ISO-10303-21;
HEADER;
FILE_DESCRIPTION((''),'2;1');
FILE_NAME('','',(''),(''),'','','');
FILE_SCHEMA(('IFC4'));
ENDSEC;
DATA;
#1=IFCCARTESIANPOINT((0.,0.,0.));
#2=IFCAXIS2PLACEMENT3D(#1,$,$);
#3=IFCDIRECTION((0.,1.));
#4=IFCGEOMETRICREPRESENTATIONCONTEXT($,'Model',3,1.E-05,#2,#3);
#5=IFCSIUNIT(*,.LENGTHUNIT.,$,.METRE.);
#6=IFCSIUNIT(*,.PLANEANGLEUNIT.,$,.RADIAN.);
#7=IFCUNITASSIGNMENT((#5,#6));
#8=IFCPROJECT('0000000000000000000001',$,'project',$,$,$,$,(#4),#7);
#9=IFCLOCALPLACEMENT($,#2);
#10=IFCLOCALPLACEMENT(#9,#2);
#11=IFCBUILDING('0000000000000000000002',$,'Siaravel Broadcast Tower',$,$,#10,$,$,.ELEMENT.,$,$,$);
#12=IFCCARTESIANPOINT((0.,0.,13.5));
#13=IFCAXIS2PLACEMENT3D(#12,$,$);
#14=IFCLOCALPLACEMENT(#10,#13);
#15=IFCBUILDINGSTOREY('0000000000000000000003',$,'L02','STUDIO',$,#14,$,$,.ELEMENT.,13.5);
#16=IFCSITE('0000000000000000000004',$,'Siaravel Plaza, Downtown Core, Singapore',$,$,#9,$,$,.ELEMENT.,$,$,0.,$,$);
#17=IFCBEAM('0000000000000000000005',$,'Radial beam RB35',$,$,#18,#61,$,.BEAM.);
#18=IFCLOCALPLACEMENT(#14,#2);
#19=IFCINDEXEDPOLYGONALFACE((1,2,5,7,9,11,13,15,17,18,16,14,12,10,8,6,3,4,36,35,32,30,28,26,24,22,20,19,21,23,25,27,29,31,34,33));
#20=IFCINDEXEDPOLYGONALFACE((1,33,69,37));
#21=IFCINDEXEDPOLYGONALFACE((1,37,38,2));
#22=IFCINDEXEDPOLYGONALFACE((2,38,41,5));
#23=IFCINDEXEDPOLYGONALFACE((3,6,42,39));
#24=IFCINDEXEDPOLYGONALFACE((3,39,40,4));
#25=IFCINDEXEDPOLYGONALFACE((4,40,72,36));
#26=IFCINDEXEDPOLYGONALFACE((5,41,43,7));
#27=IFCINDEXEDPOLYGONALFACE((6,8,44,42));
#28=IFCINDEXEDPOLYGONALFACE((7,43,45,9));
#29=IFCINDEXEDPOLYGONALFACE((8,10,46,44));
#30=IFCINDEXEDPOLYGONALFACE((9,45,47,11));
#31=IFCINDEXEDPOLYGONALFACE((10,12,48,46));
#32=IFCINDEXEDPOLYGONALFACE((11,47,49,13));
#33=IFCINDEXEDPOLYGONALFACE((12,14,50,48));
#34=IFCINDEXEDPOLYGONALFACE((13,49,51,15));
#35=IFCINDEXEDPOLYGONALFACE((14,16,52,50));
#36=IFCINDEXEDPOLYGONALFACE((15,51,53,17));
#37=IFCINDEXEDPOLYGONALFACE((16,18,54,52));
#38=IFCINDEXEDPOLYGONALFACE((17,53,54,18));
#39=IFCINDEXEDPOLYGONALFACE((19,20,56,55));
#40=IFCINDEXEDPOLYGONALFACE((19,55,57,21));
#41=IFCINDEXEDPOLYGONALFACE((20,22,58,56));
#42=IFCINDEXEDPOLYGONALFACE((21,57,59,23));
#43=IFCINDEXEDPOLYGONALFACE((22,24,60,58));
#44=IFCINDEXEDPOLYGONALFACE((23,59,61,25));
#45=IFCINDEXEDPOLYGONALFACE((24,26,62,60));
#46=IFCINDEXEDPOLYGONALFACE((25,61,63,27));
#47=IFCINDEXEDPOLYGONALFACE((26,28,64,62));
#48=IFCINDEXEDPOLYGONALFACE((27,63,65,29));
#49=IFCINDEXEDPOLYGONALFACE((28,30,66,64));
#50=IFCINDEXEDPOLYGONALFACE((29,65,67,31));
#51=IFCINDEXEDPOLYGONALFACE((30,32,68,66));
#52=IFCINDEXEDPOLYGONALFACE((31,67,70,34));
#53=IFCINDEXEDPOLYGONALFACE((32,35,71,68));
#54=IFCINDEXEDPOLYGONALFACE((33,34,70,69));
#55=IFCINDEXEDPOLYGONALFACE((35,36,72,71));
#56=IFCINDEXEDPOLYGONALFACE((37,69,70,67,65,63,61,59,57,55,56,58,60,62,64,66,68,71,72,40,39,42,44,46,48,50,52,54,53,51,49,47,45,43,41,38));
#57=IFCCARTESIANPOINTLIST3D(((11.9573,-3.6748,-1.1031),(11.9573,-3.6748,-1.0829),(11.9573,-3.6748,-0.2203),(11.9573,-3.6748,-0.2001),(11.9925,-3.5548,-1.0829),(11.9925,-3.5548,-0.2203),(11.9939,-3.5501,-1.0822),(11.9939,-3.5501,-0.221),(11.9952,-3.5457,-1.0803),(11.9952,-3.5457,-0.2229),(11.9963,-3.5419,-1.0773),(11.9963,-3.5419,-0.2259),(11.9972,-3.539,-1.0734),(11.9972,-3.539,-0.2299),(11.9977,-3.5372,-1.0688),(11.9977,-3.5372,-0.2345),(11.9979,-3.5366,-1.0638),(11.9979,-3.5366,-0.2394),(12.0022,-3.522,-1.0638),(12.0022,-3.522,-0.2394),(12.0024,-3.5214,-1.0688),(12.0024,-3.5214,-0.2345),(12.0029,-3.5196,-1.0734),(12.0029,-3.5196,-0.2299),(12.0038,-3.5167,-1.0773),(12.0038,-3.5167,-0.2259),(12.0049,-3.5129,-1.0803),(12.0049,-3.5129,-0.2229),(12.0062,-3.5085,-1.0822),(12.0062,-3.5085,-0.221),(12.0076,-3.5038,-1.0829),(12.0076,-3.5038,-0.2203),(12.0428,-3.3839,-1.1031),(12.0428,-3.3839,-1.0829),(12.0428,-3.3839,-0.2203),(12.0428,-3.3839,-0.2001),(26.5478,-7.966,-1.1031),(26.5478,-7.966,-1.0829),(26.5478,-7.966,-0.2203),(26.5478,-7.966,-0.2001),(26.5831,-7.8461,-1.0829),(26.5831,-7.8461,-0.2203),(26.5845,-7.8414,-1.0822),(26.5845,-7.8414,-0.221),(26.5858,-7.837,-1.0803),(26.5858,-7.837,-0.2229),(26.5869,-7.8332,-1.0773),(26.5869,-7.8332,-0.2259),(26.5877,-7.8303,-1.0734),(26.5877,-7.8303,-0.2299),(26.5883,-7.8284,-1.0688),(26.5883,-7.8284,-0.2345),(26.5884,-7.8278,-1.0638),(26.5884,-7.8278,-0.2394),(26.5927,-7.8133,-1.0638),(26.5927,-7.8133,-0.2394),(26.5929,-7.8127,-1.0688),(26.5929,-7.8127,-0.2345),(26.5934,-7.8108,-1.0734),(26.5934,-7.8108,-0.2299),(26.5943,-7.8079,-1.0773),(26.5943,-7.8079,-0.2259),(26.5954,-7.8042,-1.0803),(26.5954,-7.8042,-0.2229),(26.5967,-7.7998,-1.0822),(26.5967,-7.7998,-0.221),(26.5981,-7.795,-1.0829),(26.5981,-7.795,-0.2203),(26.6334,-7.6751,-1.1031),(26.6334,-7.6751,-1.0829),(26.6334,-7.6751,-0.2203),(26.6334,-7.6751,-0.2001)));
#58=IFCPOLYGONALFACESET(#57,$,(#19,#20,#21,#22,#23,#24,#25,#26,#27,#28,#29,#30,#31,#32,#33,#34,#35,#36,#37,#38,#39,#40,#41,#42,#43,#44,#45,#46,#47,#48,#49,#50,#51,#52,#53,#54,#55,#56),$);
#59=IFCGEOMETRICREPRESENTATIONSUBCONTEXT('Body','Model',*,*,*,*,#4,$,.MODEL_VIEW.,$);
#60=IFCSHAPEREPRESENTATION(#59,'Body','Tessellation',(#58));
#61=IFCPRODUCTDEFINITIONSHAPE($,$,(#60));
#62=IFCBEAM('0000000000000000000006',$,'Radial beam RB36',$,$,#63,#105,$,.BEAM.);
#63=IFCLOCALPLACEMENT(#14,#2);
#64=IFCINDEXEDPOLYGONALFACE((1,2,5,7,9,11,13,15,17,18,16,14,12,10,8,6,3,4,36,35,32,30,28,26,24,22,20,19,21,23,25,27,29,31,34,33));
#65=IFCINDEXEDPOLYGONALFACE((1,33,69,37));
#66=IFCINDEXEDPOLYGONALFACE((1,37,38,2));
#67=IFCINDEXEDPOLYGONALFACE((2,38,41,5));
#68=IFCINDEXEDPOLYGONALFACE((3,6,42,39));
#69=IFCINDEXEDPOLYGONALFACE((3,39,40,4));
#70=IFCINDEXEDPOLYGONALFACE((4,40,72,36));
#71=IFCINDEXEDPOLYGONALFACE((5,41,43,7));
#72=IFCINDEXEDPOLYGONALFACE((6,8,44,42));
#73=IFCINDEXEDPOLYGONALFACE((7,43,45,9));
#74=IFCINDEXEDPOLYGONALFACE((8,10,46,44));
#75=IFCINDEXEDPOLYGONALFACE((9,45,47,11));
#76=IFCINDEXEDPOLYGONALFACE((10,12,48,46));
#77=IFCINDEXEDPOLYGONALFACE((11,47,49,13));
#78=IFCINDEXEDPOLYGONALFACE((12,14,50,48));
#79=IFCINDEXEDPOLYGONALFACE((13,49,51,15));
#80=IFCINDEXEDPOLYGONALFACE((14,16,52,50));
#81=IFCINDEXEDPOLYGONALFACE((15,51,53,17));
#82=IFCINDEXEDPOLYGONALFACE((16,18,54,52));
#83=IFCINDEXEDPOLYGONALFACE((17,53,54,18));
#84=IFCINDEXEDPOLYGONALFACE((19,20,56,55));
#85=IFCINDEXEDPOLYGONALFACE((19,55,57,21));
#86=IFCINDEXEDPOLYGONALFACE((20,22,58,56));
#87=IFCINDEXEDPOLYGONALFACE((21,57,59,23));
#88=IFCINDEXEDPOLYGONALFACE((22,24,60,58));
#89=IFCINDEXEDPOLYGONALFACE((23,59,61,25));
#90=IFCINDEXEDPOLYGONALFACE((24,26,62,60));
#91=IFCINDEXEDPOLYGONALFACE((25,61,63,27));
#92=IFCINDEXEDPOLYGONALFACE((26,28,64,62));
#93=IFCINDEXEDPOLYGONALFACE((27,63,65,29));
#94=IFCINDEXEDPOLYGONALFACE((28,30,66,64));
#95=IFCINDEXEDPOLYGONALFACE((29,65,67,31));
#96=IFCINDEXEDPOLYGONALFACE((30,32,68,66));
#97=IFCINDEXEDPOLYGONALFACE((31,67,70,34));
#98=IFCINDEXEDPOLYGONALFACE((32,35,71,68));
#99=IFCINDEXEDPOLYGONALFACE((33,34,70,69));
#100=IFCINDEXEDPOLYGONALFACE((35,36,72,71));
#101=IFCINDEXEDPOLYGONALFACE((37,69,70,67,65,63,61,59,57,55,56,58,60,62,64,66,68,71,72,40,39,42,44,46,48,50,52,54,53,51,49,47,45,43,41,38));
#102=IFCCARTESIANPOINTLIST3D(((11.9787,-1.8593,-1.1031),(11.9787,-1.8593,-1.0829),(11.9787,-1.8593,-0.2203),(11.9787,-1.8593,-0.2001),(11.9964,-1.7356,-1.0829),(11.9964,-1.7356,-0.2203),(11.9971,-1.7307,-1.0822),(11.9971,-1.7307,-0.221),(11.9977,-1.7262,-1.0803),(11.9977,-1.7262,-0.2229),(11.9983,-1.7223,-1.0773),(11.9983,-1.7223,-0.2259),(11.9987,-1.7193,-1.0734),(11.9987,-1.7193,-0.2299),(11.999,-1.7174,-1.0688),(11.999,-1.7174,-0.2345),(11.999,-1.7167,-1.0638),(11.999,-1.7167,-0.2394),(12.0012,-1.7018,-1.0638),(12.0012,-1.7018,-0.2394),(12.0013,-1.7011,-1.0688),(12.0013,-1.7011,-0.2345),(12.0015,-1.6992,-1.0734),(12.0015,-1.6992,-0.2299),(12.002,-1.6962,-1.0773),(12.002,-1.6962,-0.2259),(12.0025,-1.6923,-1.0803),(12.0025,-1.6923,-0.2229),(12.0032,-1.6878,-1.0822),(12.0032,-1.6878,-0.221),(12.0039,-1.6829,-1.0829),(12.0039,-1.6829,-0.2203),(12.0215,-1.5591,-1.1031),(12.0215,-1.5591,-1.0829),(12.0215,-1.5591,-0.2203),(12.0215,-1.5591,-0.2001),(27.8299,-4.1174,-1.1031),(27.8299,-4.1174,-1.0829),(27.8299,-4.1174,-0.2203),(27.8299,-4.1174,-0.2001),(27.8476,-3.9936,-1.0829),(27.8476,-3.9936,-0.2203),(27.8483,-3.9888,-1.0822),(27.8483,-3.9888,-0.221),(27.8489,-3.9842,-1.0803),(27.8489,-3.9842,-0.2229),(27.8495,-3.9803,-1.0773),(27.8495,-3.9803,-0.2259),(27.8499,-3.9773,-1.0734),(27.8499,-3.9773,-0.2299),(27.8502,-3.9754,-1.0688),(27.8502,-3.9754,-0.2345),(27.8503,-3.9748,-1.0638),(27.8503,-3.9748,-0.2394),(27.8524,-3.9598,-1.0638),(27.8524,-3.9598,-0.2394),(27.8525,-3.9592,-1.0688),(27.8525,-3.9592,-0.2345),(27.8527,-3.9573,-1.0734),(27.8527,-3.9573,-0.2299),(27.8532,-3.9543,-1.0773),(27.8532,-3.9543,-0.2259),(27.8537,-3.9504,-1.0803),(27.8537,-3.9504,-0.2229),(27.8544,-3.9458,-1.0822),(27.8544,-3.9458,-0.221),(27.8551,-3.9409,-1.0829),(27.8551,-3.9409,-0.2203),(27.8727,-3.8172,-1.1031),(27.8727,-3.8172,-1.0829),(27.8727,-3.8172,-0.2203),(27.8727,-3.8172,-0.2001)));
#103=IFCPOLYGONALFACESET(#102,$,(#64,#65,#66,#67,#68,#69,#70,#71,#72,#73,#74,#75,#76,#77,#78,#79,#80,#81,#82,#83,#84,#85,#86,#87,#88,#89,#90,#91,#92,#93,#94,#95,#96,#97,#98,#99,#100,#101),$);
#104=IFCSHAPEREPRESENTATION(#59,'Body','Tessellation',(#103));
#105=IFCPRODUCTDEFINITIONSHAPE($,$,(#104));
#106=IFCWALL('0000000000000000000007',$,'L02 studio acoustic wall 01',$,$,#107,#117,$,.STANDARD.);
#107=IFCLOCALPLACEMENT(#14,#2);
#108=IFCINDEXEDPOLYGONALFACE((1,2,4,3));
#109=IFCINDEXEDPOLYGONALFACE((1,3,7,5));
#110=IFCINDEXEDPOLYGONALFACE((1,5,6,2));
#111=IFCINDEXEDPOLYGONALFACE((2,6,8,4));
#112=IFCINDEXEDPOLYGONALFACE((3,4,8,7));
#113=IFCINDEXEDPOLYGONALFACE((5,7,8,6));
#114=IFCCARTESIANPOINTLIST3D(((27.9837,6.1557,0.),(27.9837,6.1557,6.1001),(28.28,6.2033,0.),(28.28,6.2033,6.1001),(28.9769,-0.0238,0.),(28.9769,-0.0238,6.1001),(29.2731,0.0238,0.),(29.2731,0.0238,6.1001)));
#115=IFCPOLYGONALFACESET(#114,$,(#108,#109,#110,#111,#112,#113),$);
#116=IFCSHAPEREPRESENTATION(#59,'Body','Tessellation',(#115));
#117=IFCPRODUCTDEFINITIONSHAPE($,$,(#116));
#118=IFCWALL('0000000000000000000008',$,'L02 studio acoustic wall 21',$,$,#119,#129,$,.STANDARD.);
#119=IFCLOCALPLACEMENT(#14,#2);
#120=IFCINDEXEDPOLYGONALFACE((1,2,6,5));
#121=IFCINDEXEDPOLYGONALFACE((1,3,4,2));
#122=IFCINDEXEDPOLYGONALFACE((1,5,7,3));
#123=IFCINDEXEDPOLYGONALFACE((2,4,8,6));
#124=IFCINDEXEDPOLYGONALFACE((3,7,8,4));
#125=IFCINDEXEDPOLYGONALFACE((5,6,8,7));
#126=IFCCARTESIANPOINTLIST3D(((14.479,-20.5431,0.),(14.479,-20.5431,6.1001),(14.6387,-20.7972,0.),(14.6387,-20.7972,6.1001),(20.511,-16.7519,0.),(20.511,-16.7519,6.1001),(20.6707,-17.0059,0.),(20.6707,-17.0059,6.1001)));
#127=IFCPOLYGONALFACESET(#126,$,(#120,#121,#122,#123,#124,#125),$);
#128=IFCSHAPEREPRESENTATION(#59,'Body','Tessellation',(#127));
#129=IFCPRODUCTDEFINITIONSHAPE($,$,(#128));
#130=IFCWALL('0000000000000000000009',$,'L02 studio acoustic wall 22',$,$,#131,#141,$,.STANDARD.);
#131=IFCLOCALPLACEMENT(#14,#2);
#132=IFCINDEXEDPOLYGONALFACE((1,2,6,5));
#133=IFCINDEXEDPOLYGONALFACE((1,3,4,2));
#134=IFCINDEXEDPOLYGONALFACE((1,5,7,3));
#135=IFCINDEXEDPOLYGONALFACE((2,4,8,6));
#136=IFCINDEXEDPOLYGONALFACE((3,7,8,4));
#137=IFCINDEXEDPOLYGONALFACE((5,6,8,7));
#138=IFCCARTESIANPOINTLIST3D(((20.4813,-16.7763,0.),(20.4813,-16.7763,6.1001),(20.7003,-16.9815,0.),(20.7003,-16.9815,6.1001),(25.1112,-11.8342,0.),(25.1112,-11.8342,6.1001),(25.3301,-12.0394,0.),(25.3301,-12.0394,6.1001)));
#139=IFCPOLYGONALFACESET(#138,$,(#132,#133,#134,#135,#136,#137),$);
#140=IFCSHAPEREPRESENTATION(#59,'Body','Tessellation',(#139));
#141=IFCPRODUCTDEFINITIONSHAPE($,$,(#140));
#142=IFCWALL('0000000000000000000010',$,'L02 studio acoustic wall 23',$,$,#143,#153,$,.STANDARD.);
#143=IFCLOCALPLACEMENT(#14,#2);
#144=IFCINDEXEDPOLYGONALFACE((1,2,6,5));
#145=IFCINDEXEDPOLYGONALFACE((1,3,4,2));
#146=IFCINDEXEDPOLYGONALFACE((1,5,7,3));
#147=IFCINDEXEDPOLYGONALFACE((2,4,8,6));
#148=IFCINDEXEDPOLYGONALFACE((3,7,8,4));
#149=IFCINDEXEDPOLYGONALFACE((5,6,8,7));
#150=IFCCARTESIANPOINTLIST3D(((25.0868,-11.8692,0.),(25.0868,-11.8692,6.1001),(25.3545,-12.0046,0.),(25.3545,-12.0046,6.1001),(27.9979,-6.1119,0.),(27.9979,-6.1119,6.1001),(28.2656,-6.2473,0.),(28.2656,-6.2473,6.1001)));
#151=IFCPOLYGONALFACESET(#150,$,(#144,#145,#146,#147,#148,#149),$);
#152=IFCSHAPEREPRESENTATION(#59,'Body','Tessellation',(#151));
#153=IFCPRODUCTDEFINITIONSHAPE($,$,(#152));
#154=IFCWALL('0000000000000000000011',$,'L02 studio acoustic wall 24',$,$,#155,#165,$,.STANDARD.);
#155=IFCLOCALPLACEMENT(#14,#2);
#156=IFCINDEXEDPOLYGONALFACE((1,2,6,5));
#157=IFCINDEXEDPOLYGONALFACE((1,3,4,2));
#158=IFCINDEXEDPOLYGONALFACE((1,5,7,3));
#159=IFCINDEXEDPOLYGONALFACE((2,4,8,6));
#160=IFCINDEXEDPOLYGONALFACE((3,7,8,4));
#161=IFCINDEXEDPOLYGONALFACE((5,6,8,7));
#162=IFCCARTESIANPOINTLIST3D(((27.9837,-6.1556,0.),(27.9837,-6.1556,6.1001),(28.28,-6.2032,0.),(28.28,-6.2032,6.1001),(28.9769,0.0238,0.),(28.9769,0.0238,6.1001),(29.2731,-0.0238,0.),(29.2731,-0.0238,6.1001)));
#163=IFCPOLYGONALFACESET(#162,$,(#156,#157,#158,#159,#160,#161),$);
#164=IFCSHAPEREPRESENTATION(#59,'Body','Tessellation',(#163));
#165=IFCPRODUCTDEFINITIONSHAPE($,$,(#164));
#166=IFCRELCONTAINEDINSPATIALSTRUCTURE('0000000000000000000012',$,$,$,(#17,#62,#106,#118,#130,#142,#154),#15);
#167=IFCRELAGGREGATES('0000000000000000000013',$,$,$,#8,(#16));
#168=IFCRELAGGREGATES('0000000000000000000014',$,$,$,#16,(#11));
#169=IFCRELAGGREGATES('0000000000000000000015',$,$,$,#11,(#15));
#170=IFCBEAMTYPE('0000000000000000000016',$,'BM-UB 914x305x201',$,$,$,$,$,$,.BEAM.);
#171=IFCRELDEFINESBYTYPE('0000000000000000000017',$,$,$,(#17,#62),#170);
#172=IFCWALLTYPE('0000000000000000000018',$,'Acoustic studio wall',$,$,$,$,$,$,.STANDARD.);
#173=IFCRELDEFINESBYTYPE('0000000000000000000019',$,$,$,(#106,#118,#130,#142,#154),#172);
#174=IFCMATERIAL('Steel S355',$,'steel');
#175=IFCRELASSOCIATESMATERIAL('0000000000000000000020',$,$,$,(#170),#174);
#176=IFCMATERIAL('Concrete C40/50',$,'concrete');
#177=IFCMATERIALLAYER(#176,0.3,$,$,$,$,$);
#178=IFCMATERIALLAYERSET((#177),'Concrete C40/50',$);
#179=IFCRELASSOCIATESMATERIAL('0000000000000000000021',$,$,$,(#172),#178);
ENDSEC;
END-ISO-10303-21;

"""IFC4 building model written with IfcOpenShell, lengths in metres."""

from ifc_helpers import new_model, si_unit, direction, frame, frame_2d, origin, origin_2d, place, context, subcontext, project, spatial, rectangle, i_section, extrude, material, layer, layer_set, material_profile, profile_set, type_object, element, save


model = new_model("IFC4")

# Units and contexts
model_context = context("Model", 3, precision=1e-05, world=origin(), true_north=direction((0.0, 1.0)))
body_context = subcontext(model_context, "Body", "Model", "MODEL_VIEW")
ifc_project = project(units=[si_unit("LENGTHUNIT", "METRE"), si_unit("PLANEANGLEUNIT", "RADIAN")], contexts=[model_context])

# Site, building, storey
site_placement = place(None, origin())
site = spatial("IfcSite", under=ifc_project, at=site_placement, Name="Siaravel Plaza, Downtown Core, Singapore", CompositionType="ELEMENT", RefElevation=0.0)
building_placement = place(site_placement, origin())
building = spatial("IfcBuilding", under=site, at=building_placement, Name="Siaravel Broadcast Tower", CompositionType="ELEMENT")
storey_placement = place(building_placement, frame((0.0, 0.0, 13.5)))
storey = spatial("IfcBuildingStorey", under=building, at=storey_placement, Name="L02", Description="STUDIO", CompositionType="ELEMENT", Elevation=13.5)

# Beams
ifc_material_1 = material(Name="Steel S355", Category="steel")
ifc_material_profile_1 = material_profile(ifc_material_1, i_section(OverallWidth=0.3032, OverallDepth=0.9031, WebThickness=0.0151, FlangeThickness=0.0203, FilletRadius=0.019, at=origin_2d()))
ifc_profile_set_1 = profile_set([ifc_material_profile_1], Name="Steel S355")
beam_type = type_object("IfcBeamType", Name="BM-UB 914x305x201", PredefinedType="BEAM", material=ifc_profile_set_1)
beam_1_placement = place(storey_placement, frame((26.5906, -7.8206, -0.6516), z_axis=(-0.959367, 0.282161, 0.0), x_axis=(-0.282161, -0.959367, 0.0)))
element("IfcBeam", 1, at=beam_1_placement, inside=storey, type_object=beam_type, Name="Radial beam RB35", PredefinedType="BEAM", context=body_context, shape_type="SweptSolid", body=[
    extrude(i_section(OverallWidth=0.3032, OverallDepth=0.9031, WebThickness=0.0151, FlangeThickness=0.0203, FilletRadius=0.019, at=origin_2d()), origin(), (0.0, 0.0, 1.0), 15.2085),
])
beam_2_placement = place(storey_placement, frame((27.8513, -3.9673, -0.6516), z_axis=(-0.990006, 0.141029, 0.0), x_axis=(-0.141029, -0.990006, 0.0)))
element("IfcBeam", 2, at=beam_2_placement, inside=storey, type_object=beam_type, Name="Radial beam RB36", PredefinedType="BEAM", context=body_context, shape_type="SweptSolid", body=[
    extrude(i_section(OverallWidth=0.3032, OverallDepth=0.9031, WebThickness=0.0151, FlangeThickness=0.0203, FilletRadius=0.019, at=origin_2d()), origin(), (0.0, 0.0, 1.0), 16.0112),
])

# Walls
ifc_material_2 = material(Name="Concrete C40/50", Category="concrete")
ifc_layer_1 = layer(ifc_material_2, 0.3)
ifc_layer_set_1 = layer_set([ifc_layer_1], Name="Concrete C40/50")
wall_type_1 = type_object("IfcWallType", Name="Acoustic studio wall", PredefinedType="STANDARD", material=ifc_layer_set_1)
wall_1_placement = place(storey_placement, frame((29.125, 0.0, 0.0), z_axis=(0.0, 0.0, 1.0), x_axis=(-0.158684, 0.987329, 0.0)))
element("IfcWall", 3, at=wall_1_placement, inside=storey, type_object=wall_type_1, Name="L02 studio acoustic wall 01", PredefinedType="STANDARD", context=body_context, shape_type="SweptSolid", body=[
    extrude(rectangle(XDim=6.2588, YDim=0.3, at=frame_2d((3.1294, 0.0))), origin(), (0.0, 0.0, 1.0), 6.1001),
])
wall_2_placement = place(storey_placement, frame((14.5588, -20.6702, 0.0), z_axis=(0.0, 0.0, 1.0), x_axis=(0.846654, 0.532144, 0.0)))
element("IfcWall", 4, at=wall_2_placement, inside=storey, type_object=wall_type_1, Name="L02 studio acoustic wall 21", PredefinedType="STANDARD", context=body_context, shape_type="SweptSolid", body=[
    extrude(rectangle(XDim=7.1245, YDim=0.3, at=frame_2d((3.5623, 0.0))), origin(), (0.0, 0.0, 1.0), 6.1001),
])
wall_3_placement = place(storey_placement, frame((20.5908, -16.8789, 0.0), z_axis=(0.0, 0.0, 1.0), x_axis=(0.683676, 0.729786, 0.0)))
element("IfcWall", 5, at=wall_3_placement, inside=storey, type_object=wall_type_1, Name="L02 studio acoustic wall 22", PredefinedType="STANDARD", context=body_context, shape_type="SweptSolid", body=[
    extrude(rectangle(XDim=6.772, YDim=0.3, at=frame_2d((3.386, 0.0))), origin(), (0.0, 0.0, 1.0), 6.1001),
])
wall_4_placement = place(storey_placement, frame((25.2207, -11.9368, 0.0), z_axis=(0.0, 0.0, 1.0), x_axis=(0.451236, 0.892405, 0.0)))
element("IfcWall", 6, at=wall_4_placement, inside=storey, type_object=wall_type_1, Name="L02 studio acoustic wall 23", PredefinedType="STANDARD", context=body_context, shape_type="SweptSolid", body=[
    extrude(rectangle(XDim=6.4514, YDim=0.3, at=frame_2d((3.2256, 0.0))), origin(), (0.0, 0.0, 1.0), 6.1001),
])
wall_5_placement = place(storey_placement, frame((28.1318, -6.1794, 0.0), z_axis=(0.0, 0.0, 1.0), x_axis=(0.158684, 0.987329, 0.0)))
element("IfcWall", 7, at=wall_5_placement, inside=storey, type_object=wall_type_1, Name="L02 studio acoustic wall 24", PredefinedType="STANDARD", context=body_context, shape_type="SweptSolid", body=[
    extrude(rectangle(XDim=6.2588, YDim=0.3, at=frame_2d((3.1294, 0.0))), origin(), (0.0, 0.0, 1.0), 6.1001),
])

save(model, "model.ifc")
